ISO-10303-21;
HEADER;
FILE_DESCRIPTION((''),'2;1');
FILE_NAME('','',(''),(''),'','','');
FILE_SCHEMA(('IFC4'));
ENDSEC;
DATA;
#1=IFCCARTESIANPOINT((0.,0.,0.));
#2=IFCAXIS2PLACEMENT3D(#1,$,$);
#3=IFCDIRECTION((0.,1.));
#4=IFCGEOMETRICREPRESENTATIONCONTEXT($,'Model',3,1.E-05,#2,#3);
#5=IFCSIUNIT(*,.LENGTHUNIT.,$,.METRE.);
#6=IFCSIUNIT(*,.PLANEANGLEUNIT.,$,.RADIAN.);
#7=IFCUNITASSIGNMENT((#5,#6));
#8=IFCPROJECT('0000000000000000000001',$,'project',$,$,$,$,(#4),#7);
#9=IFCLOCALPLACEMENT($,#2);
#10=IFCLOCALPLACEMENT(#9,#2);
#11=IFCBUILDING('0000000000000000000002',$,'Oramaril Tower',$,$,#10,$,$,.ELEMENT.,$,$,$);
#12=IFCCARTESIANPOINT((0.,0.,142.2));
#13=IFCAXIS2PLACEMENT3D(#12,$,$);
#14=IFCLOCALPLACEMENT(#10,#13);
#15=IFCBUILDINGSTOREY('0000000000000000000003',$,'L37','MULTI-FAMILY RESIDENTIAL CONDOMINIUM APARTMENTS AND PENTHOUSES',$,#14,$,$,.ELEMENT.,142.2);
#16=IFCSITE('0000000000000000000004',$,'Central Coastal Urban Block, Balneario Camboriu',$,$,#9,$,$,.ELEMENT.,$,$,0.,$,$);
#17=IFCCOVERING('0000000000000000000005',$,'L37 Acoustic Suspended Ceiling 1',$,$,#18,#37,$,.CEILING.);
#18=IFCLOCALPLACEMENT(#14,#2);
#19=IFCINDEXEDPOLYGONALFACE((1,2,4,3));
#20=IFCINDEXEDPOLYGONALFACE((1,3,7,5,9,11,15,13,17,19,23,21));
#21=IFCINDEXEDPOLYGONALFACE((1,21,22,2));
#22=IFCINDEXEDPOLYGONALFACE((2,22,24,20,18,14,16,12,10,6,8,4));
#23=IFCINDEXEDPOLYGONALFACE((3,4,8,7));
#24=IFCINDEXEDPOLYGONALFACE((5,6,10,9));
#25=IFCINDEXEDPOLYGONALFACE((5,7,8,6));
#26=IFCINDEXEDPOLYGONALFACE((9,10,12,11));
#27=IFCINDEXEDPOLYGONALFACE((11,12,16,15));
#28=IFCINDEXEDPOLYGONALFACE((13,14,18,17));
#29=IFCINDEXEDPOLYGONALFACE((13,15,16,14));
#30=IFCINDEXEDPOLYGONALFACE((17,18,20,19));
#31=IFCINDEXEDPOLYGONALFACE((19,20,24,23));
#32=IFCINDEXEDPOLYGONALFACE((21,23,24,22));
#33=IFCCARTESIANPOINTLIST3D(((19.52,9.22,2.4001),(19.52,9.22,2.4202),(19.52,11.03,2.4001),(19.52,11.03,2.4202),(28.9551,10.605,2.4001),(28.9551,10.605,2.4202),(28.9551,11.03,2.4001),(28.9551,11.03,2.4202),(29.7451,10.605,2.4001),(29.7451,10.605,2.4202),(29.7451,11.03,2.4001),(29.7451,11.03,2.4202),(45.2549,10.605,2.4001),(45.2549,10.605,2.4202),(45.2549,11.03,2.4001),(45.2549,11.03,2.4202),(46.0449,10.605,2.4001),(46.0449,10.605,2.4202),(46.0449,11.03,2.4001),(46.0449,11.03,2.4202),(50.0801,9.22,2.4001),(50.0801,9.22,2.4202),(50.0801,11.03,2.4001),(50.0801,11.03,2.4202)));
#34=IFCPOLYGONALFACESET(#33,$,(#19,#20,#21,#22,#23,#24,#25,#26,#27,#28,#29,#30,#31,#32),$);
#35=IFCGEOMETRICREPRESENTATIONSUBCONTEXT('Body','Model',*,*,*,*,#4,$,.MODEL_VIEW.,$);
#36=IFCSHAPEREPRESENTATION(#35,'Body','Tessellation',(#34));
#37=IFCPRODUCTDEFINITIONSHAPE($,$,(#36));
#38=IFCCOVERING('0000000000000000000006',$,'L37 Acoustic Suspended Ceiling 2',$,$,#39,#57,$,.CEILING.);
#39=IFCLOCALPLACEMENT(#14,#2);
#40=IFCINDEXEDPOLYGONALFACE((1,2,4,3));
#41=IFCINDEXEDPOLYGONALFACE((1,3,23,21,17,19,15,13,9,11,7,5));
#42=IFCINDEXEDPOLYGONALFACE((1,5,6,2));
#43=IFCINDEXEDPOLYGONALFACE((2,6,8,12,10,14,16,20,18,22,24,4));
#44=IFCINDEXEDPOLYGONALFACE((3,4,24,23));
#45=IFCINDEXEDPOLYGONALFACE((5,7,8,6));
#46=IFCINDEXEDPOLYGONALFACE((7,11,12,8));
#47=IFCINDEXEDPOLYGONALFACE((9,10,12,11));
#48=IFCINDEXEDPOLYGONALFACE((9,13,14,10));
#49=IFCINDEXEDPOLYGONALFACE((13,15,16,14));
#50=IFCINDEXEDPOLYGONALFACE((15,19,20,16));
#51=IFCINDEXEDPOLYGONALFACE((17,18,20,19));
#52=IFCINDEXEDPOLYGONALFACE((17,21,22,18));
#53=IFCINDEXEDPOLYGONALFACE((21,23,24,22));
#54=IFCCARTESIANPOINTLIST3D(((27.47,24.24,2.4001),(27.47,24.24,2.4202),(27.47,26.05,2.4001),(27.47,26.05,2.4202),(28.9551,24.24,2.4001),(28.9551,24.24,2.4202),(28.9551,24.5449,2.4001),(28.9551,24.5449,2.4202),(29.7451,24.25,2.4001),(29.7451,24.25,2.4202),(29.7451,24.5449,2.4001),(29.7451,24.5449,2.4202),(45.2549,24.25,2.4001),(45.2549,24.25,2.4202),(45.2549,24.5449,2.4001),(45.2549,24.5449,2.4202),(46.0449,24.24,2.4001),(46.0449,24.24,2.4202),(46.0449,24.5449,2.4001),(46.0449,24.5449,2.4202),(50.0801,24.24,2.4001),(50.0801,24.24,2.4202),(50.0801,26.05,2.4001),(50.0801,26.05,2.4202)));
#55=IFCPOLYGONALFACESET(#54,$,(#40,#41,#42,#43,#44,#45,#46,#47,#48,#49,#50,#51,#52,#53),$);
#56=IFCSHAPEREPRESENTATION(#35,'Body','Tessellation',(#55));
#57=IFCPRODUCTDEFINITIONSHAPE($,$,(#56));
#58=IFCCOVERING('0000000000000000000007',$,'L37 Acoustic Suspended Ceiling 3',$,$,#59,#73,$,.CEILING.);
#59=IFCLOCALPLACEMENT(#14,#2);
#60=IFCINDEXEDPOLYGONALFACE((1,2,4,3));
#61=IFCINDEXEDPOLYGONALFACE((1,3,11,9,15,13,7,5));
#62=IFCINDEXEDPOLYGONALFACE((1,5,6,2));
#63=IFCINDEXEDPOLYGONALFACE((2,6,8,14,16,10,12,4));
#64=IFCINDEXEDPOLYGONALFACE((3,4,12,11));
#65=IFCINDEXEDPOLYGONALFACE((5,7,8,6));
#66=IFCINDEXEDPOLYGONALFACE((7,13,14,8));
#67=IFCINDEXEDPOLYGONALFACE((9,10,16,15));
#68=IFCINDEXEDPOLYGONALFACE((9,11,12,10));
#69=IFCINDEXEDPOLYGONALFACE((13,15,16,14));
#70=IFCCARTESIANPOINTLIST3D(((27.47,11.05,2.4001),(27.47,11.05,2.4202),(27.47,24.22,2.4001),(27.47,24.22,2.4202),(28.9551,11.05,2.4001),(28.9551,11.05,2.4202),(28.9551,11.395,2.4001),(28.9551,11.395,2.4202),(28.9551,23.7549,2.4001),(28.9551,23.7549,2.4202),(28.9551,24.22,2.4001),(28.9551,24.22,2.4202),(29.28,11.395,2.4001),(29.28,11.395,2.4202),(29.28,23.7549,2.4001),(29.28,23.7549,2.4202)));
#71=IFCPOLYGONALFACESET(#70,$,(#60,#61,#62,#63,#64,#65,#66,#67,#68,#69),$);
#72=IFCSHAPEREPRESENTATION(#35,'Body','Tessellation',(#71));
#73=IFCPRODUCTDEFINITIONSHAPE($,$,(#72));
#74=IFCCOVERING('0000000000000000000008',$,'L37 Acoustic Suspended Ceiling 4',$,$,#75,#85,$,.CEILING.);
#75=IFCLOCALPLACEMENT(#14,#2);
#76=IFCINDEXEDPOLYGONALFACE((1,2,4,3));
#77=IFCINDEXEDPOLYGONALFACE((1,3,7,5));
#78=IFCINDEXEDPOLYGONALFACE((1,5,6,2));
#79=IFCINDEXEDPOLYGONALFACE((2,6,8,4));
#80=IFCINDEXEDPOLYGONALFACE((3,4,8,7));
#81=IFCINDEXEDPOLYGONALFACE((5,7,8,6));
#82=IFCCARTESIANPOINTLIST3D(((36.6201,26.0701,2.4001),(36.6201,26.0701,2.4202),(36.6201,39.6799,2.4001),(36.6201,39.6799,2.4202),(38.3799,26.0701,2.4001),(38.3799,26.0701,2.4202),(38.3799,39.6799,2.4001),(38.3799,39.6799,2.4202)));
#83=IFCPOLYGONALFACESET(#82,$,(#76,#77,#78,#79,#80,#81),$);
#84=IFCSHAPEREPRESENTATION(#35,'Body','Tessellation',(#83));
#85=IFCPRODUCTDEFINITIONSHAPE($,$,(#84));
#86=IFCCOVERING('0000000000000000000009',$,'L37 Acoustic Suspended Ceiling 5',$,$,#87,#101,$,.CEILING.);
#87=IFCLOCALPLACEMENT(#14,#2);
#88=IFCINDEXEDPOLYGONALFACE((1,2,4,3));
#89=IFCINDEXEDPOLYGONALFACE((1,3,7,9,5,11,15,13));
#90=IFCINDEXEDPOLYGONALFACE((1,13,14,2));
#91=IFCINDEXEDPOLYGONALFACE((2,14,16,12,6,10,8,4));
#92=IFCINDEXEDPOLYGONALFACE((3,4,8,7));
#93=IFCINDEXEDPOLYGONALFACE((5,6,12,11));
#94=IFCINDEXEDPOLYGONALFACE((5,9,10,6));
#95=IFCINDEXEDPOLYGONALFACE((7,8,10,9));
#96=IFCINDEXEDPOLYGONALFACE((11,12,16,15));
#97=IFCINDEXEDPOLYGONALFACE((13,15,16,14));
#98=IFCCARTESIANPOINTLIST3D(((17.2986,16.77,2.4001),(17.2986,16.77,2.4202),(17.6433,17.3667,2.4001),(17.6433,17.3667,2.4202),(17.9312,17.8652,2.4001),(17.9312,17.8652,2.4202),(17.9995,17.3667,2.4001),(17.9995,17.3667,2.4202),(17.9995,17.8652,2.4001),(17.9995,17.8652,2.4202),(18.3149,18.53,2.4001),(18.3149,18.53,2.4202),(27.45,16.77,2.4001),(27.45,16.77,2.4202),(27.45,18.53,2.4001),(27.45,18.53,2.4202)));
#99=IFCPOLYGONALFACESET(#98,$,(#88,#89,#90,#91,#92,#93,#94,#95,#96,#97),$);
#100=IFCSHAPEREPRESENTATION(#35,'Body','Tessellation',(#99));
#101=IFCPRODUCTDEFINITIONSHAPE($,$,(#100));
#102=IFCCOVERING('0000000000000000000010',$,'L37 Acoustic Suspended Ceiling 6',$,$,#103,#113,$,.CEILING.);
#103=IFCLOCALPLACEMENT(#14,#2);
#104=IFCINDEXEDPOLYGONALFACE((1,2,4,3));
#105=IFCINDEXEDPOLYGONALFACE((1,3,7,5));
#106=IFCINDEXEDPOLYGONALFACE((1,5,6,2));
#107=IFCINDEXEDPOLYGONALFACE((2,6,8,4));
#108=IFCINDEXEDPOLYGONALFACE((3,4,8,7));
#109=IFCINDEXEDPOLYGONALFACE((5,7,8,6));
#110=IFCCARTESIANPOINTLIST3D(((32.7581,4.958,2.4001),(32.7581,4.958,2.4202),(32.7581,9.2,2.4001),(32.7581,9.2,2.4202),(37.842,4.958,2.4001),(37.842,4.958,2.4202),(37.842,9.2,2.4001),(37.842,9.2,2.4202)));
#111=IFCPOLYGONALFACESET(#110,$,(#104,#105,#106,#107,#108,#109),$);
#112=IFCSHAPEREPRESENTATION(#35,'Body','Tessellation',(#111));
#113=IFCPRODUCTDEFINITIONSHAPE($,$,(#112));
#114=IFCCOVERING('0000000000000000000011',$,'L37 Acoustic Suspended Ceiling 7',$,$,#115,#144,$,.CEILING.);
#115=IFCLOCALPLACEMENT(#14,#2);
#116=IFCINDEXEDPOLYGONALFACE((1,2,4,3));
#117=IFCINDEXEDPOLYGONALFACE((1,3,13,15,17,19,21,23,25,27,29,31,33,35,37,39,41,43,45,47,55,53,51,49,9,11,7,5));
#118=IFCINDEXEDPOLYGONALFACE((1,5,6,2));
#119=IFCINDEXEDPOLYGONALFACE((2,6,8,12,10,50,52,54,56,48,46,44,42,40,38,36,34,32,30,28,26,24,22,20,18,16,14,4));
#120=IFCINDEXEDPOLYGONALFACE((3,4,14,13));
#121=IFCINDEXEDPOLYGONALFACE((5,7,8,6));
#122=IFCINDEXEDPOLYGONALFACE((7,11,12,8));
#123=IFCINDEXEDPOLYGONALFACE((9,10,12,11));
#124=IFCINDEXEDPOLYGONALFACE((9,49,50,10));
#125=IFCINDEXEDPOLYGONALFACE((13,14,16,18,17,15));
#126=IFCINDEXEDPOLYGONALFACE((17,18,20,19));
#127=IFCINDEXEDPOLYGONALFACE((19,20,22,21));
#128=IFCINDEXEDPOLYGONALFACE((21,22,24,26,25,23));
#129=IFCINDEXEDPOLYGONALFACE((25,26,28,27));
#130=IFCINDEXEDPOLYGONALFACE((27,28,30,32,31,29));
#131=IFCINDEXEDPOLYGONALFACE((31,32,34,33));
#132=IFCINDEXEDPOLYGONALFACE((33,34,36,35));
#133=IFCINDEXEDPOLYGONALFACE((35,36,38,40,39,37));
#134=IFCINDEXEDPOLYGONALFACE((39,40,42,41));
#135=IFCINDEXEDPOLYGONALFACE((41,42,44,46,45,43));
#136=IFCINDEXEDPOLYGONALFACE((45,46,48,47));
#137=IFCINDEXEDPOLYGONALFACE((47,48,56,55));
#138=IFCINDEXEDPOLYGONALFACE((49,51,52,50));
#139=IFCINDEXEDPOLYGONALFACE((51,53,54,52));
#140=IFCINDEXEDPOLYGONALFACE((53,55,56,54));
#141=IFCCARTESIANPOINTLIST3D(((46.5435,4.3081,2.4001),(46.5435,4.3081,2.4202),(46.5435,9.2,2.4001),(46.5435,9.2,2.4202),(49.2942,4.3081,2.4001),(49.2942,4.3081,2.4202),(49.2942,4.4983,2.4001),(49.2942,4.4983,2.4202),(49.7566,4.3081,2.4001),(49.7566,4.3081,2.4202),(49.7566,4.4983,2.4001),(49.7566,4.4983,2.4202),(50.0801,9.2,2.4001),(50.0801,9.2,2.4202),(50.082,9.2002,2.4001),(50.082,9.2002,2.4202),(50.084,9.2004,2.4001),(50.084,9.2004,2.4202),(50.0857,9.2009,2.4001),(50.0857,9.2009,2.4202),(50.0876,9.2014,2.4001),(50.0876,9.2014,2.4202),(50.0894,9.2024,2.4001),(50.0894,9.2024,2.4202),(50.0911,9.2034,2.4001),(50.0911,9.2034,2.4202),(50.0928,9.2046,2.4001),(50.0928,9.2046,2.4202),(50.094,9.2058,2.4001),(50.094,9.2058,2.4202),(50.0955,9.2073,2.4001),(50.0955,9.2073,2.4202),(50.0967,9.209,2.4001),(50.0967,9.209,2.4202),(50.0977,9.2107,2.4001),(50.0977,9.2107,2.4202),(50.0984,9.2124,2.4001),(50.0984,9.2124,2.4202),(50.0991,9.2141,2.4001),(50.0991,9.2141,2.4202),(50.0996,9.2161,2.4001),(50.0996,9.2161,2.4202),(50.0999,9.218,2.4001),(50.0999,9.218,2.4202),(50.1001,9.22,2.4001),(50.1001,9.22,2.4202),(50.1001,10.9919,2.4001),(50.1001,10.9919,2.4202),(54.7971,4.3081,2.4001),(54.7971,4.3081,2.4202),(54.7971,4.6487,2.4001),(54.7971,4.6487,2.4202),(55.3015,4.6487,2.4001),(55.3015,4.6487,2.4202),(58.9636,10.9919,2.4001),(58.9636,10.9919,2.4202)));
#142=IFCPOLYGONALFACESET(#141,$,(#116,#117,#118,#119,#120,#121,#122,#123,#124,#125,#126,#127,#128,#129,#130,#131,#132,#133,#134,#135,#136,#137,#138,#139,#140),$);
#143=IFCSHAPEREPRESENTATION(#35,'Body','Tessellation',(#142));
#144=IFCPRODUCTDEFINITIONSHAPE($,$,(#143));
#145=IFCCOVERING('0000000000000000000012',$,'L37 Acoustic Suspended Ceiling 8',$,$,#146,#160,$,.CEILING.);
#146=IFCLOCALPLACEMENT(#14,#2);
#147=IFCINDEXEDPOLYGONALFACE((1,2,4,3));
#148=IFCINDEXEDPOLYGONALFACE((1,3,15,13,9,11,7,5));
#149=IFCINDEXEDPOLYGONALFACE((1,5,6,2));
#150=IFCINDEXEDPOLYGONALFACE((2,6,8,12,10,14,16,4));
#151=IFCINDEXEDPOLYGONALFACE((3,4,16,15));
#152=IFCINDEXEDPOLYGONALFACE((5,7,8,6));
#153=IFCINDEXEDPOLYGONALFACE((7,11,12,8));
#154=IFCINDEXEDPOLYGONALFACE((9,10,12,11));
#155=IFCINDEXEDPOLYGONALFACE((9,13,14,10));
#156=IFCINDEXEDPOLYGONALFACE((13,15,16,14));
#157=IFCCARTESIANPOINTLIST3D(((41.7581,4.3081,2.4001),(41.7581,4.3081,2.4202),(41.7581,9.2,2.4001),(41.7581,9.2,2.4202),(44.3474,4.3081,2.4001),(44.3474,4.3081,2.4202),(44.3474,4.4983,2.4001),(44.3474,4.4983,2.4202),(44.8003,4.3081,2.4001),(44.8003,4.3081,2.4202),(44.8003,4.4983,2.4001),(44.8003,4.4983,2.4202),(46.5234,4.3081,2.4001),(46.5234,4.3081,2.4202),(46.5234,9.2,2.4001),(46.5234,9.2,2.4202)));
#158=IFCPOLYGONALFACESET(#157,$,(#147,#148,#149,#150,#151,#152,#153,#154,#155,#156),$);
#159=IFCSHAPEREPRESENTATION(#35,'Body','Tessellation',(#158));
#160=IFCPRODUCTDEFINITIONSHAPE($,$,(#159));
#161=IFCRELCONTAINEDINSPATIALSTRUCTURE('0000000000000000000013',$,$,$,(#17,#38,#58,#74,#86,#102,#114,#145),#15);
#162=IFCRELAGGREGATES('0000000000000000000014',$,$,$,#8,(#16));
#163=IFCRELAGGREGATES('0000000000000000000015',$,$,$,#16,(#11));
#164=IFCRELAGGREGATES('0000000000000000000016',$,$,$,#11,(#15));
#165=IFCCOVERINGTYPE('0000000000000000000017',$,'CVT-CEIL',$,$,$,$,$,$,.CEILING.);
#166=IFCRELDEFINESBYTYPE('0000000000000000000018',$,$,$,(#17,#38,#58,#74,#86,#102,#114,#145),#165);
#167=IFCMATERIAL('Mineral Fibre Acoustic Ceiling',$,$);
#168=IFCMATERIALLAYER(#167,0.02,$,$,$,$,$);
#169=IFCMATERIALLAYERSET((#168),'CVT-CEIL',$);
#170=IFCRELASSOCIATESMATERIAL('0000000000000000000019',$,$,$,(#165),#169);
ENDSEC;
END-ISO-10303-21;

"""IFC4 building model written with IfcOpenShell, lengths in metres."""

from ifc_helpers import new_model, si_unit, direction, frame, origin, place, context, subcontext, project, spatial, polyline, outline, extrude, material, layer, layer_set, type_object, element, save


model = new_model("IFC4")

# Units and contexts
model_context = context("Model", 3, precision=1e-05, world=origin(), true_north=direction((0.0, 1.0)))
body_context = subcontext(model_context, "Body", "Model", "MODEL_VIEW")
ifc_project = project(units=[si_unit("LENGTHUNIT", "METRE"), si_unit("PLANEANGLEUNIT", "RADIAN")], contexts=[model_context])

# Site, building, storey
site_placement = place(None, origin())
site = spatial("IfcSite", under=ifc_project, at=site_placement, Name="Central Coastal Urban Block, Balneario Camboriu", CompositionType="ELEMENT", RefElevation=0.0)
building_placement = place(site_placement, origin())
building = spatial("IfcBuilding", under=site, at=building_placement, Name="Oramaril Tower", CompositionType="ELEMENT")
storey_placement = place(building_placement, frame((0.0, 0.0, 142.2)))
storey = spatial("IfcBuildingStorey", under=building, at=storey_placement, Name="L37", Description="MULTI-FAMILY RESIDENTIAL CONDOMINIUM APARTMENTS AND PENTHOUSES", CompositionType="ELEMENT", Elevation=142.2)

# Coverings
ifc_material_1 = material(Name="Mineral Fibre Acoustic Ceiling")
ifc_layer_1 = layer(ifc_material_1, 0.02)
ifc_layer_set_1 = layer_set([ifc_layer_1], Name="CVT-CEIL")
covering_type_1 = type_object("IfcCoveringType", Name="CVT-CEIL", PredefinedType="CEILING", material=ifc_layer_set_1)
covering_1_placement = place(storey_placement, frame((0.0, 0.0, 2.4001)))
element("IfcCovering", 1, at=covering_1_placement, inside=storey, type_object=covering_type_1, Name="L37 Acoustic Suspended Ceiling 1", PredefinedType="CEILING", context=body_context, shape_type="SweptSolid", body=[
    extrude(outline(polyline([(28.9551, 10.605), (29.7451, 10.605), (29.7451, 11.03), (45.2549, 11.03), (45.2549, 10.605), (46.0449, 10.605), (46.0449, 11.03), (50.0801, 11.03), (50.0801, 9.22), (19.52, 9.22), (19.52, 11.03), (28.9551, 11.03), (28.9551, 10.605)])), origin(), (0.0, 0.0, 1.0), 0.02),
])
covering_2_placement = place(storey_placement, frame((0.0, 0.0, 2.4001)))
element("IfcCovering", 2, at=covering_2_placement, inside=storey, type_object=covering_type_1, Name="L37 Acoustic Suspended Ceiling 2", PredefinedType="CEILING", context=body_context, shape_type="SweptSolid", body=[
    extrude(outline(polyline([(50.0801, 24.24), (46.0449, 24.24), (46.0449, 24.5449), (45.2549, 24.5449), (45.2549, 24.25), (29.7451, 24.25), (29.7451, 24.5449), (28.9551, 24.5449), (28.9551, 24.24), (27.47, 24.24), (27.47, 26.05), (50.0801, 26.05), (50.0801, 24.24)])), origin(), (0.0, 0.0, 1.0), 0.02),
])
covering_3_placement = place(storey_placement, frame((0.0, 0.0, 2.4001)))
element("IfcCovering", 3, at=covering_3_placement, inside=storey, type_object=covering_type_1, Name="L37 Acoustic Suspended Ceiling 3", PredefinedType="CEILING", context=body_context, shape_type="SweptSolid", body=[
    extrude(outline(polyline([(28.9551, 23.7549), (29.28, 23.7549), (29.28, 11.395), (28.9551, 11.395), (28.9551, 11.05), (27.47, 11.05), (27.47, 24.22), (28.9551, 24.22), (28.9551, 23.7549)])), origin(), (0.0, 0.0, 1.0), 0.02),
])
covering_4_placement = place(storey_placement, frame((0.0, 0.0, 2.4001)))
element("IfcCovering", 4, at=covering_4_placement, inside=storey, type_object=covering_type_1, Name="L37 Acoustic Suspended Ceiling 4", PredefinedType="CEILING", context=body_context, shape_type="SweptSolid", body=[
    extrude(outline(polyline([(38.3799, 26.0701), (36.6201, 26.0701), (36.6201, 39.6799), (38.3799, 39.6799), (38.3799, 26.0701)])), origin(), (0.0, 0.0, 1.0), 0.02),
])
covering_5_placement = place(storey_placement, frame((0.0, 0.0, 2.4001)))
element("IfcCovering", 5, at=covering_5_placement, inside=storey, type_object=covering_type_1, Name="L37 Acoustic Suspended Ceiling 5", PredefinedType="CEILING", context=body_context, shape_type="SweptSolid", body=[
    extrude(outline(polyline([(17.2986, 16.77), (17.6433, 17.3667), (17.9995, 17.3667), (17.9995, 17.8652), (17.9312, 17.8652), (18.3149, 18.53), (27.45, 18.53), (27.45, 16.77), (17.2986, 16.77)])), origin(), (0.0, 0.0, 1.0), 0.02),
])
covering_6_placement = place(storey_placement, frame((0.0, 0.0, 2.4001)))
element("IfcCovering", 6, at=covering_6_placement, inside=storey, type_object=covering_type_1, Name="L37 Acoustic Suspended Ceiling 6", PredefinedType="CEILING", context=body_context, shape_type="SweptSolid", body=[
    extrude(outline(polyline([(32.7581, 4.958), (32.7581, 9.2), (37.842, 9.2), (37.842, 4.958), (32.7581, 4.958)])), origin(), (0.0, 0.0, 1.0), 0.02),
])
covering_7_placement = place(storey_placement, frame((0.0, 0.0, 2.4001)))
element("IfcCovering", 7, at=covering_7_placement, inside=storey, type_object=covering_type_1, Name="L37 Acoustic Suspended Ceiling 7", PredefinedType="CEILING", context=body_context, shape_type="SweptSolid", body=[
    extrude(outline(polyline([(58.9636, 10.9919), (55.3015, 4.6487), (54.7971, 4.6487), (54.7971, 4.3081), (49.7566, 4.3081), (49.7566, 4.4983), (49.2942, 4.4983), (49.2942, 4.3081), (46.5435, 4.3081), (46.5435, 9.2), (50.0801, 9.2), (50.082, 9.2002), (50.084, 9.2004), (50.0857, 9.2009), (50.0876, 9.2014), (50.0894, 9.2024), (50.0911, 9.2034), (50.0928, 9.2046), (50.094, 9.2058), (50.0955, 9.2073), (50.0967, 9.209), (50.0977, 9.2107), (50.0984, 9.2124), (50.0991, 9.2141), (50.0996, 9.2161), (50.0999, 9.218), (50.1001, 9.22), (50.1001, 10.9919), (58.9636, 10.9919)])), origin(), (0.0, 0.0, 1.0), 0.02),
])
covering_8_placement = place(storey_placement, frame((0.0, 0.0, 2.4001)))
element("IfcCovering", 8, at=covering_8_placement, inside=storey, type_object=covering_type_1, Name="L37 Acoustic Suspended Ceiling 8", PredefinedType="CEILING", context=body_context, shape_type="SweptSolid", body=[
    extrude(outline(polyline([(44.8003, 4.3081), (44.8003, 4.4983), (44.3474, 4.4983), (44.3474, 4.3081), (41.7581, 4.3081), (41.7581, 9.2), (46.5234, 9.2), (46.5234, 4.3081), (44.8003, 4.3081)])), origin(), (0.0, 0.0, 1.0), 0.02),
])

save(model, "model.ifc")
